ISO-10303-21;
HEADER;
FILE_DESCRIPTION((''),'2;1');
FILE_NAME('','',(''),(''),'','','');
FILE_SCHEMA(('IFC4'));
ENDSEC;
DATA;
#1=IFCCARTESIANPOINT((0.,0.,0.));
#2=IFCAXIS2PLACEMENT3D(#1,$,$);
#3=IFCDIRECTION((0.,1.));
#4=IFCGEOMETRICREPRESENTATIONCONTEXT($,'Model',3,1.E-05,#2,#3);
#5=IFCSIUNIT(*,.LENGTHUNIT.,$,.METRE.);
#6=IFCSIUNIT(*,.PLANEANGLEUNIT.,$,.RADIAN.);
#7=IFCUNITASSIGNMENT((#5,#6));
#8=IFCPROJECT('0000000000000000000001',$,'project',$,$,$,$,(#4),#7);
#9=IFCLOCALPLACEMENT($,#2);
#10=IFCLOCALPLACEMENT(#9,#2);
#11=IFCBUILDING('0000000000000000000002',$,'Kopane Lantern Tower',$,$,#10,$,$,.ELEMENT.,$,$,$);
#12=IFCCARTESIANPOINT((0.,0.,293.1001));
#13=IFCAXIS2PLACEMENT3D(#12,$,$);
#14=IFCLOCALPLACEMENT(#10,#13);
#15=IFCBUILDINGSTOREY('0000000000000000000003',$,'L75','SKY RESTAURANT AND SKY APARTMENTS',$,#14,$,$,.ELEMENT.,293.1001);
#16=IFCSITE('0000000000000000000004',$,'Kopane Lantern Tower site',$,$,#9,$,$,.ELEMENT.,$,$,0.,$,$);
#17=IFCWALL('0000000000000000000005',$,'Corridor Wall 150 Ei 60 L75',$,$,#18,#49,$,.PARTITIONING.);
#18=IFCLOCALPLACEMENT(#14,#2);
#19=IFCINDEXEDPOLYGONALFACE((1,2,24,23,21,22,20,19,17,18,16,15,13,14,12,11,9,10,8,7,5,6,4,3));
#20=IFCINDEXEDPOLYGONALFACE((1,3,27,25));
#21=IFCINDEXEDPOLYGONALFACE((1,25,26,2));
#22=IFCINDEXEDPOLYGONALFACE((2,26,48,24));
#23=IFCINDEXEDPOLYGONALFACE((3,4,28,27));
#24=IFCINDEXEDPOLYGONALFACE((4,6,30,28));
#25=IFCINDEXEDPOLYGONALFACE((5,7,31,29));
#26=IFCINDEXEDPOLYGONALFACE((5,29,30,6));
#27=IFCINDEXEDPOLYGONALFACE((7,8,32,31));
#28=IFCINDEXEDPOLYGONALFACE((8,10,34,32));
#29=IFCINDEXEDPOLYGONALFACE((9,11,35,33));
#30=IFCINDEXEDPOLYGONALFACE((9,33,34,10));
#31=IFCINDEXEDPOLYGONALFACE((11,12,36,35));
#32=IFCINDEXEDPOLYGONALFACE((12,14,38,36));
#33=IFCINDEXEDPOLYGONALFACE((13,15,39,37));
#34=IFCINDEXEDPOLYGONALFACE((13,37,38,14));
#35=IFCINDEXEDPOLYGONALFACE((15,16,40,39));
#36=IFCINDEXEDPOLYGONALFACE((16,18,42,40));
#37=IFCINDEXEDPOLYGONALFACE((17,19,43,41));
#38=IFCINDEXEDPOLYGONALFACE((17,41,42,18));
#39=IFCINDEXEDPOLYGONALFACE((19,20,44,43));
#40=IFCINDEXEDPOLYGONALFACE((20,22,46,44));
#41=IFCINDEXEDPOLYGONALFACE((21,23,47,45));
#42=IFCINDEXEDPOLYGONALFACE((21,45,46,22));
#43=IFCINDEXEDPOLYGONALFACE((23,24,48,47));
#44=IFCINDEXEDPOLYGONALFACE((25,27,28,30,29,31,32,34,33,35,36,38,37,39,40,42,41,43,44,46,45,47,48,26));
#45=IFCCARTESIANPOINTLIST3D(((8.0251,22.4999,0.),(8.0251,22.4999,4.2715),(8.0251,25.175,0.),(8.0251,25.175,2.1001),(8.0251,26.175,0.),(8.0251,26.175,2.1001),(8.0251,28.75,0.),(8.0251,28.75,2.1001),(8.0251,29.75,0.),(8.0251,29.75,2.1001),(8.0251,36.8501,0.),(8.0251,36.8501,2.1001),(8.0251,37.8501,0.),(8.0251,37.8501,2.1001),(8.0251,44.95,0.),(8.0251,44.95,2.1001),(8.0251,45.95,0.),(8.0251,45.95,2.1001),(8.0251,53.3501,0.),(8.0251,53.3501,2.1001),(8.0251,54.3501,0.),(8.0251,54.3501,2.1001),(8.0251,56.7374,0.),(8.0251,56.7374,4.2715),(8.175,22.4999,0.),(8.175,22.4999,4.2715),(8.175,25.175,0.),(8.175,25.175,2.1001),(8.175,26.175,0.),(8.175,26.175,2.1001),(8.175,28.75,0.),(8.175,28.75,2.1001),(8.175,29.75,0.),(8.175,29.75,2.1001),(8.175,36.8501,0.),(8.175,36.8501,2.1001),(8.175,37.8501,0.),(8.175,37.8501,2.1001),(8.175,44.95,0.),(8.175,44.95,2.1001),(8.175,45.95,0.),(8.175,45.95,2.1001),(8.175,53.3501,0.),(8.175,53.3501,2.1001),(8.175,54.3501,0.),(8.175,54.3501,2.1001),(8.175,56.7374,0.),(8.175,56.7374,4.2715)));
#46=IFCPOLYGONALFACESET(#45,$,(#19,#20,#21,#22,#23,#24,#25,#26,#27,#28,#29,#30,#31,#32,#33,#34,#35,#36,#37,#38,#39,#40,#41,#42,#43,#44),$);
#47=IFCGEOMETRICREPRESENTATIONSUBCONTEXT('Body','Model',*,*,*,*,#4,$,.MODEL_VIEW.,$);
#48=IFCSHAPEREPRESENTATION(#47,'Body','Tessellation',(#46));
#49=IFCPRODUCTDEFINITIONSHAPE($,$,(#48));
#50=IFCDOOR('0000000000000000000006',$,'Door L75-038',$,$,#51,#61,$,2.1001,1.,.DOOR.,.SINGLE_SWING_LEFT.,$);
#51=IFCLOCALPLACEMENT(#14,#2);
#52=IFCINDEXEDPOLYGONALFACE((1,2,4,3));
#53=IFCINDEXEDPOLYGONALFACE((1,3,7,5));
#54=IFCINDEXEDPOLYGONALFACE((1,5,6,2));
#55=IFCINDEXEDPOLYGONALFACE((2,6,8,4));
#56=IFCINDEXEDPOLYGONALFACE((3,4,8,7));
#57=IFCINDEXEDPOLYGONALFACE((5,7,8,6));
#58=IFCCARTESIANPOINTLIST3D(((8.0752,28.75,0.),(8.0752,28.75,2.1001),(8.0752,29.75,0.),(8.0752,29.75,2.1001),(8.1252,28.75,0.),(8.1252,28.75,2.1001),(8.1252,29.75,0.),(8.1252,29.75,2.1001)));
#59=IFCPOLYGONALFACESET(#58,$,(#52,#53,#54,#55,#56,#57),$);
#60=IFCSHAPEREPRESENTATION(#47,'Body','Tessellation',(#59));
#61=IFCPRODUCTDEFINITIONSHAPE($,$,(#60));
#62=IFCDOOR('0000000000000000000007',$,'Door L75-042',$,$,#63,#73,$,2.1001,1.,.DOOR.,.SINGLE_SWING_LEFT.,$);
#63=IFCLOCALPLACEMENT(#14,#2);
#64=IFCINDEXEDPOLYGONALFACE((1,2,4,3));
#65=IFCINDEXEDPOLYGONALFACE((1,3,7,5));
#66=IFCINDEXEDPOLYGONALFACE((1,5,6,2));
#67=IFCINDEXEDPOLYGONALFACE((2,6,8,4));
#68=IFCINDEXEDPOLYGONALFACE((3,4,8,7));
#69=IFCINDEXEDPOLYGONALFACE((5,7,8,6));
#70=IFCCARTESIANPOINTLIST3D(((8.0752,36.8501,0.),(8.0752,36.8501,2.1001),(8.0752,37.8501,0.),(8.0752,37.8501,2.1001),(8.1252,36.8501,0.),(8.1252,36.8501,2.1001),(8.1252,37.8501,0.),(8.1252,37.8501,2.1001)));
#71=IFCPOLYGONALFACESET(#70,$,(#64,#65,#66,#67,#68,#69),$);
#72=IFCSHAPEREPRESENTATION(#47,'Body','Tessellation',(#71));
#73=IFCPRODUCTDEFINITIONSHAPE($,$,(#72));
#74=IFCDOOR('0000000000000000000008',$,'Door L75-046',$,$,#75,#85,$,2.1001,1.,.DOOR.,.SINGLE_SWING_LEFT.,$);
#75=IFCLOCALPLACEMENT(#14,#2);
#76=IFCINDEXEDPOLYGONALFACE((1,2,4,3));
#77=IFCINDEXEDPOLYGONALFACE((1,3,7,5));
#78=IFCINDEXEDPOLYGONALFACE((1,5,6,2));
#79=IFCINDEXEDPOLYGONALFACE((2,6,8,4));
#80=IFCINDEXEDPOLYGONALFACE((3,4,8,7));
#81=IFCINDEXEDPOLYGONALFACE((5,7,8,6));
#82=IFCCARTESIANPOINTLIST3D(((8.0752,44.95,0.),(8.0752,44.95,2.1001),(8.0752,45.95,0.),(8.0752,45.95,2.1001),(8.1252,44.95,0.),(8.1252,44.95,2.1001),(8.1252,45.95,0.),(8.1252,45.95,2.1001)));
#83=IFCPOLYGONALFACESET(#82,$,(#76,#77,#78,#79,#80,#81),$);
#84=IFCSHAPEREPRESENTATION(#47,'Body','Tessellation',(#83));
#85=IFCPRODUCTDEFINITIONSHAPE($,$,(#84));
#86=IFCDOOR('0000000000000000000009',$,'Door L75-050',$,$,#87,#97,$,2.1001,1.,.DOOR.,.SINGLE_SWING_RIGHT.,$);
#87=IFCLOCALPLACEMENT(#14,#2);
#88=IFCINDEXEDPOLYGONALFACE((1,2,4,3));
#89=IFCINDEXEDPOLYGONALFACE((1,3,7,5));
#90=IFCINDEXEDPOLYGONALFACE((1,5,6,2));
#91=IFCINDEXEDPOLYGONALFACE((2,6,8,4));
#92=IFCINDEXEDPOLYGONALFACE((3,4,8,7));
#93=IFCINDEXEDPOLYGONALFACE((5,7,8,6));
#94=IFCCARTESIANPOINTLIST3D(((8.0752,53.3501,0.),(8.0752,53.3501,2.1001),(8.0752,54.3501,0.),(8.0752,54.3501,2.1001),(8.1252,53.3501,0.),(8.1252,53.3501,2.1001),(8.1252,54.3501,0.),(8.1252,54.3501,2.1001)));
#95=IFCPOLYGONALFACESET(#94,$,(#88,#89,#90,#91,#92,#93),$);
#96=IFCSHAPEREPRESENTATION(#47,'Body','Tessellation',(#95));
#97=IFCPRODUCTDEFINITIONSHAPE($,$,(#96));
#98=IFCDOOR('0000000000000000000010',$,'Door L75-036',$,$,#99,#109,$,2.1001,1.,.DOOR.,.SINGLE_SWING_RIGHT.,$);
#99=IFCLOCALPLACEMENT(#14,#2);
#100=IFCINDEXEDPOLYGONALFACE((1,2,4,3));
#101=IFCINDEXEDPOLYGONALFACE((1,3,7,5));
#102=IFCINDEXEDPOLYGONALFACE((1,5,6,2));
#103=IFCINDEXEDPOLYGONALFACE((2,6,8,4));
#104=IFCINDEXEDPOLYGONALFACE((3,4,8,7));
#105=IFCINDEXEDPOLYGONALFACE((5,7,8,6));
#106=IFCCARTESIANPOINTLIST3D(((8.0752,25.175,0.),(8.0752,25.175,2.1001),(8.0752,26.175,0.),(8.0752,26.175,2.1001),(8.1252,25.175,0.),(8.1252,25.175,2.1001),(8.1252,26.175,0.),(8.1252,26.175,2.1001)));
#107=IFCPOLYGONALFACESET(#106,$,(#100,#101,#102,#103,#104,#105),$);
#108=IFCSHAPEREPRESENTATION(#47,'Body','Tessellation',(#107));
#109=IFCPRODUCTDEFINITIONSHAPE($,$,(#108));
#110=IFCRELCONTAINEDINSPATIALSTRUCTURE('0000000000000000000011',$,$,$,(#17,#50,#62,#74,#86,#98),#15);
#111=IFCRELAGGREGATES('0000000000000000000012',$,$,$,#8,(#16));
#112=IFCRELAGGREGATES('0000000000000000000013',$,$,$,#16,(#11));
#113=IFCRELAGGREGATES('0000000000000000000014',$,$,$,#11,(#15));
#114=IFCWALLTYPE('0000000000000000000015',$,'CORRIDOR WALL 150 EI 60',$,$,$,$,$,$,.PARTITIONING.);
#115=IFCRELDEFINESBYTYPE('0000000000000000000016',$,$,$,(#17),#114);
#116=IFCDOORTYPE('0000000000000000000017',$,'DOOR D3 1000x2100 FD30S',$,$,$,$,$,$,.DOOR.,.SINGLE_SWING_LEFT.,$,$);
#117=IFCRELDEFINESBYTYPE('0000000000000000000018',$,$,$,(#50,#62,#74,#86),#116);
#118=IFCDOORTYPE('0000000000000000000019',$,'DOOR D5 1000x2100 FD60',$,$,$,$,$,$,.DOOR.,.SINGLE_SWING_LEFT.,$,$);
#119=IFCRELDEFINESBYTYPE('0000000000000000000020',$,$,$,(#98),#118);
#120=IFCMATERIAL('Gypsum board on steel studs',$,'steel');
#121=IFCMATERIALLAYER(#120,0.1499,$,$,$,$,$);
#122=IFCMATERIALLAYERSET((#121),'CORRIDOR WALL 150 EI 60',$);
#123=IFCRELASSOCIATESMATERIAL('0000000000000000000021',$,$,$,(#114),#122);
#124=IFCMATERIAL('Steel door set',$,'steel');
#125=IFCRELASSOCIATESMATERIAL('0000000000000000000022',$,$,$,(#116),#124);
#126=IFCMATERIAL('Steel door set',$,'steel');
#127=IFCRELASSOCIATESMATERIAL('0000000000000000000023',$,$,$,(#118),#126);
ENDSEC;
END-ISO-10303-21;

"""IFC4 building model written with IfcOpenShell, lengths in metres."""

from ifc_helpers import new_model, si_unit, direction, frame, frame_2d, origin, place, context, subcontext, project, spatial, rectangle, extrude, material, layer, layer_set, type_object, element, fill, save


model = new_model("IFC4")

# Units and contexts
model_context = context("Model", 3, precision=1e-05, world=origin(), true_north=direction((0.0, 1.0)))
body_context = subcontext(model_context, "Body", "Model", "MODEL_VIEW")
ifc_project = project(units=[si_unit("LENGTHUNIT", "METRE"), si_unit("PLANEANGLEUNIT", "RADIAN")], contexts=[model_context])

# Site, building, storey
site_placement = place(None, origin())
site = spatial("IfcSite", under=ifc_project, at=site_placement, Name="Kopane Lantern Tower site", CompositionType="ELEMENT", RefElevation=0.0)
building_placement = place(site_placement, origin())
building = spatial("IfcBuilding", under=site, at=building_placement, Name="Kopane Lantern Tower", CompositionType="ELEMENT")
storey_placement = place(building_placement, frame((0.0, 0.0, 293.1001)))
storey = spatial("IfcBuildingStorey", under=building, at=storey_placement, Name="L75", Description="SKY RESTAURANT AND SKY APARTMENTS", CompositionType="ELEMENT", Elevation=293.1001)

# Wall, openings, doors
ifc_material_1 = material(Name="Gypsum board on steel studs", Category="steel")
ifc_layer_1 = layer(ifc_material_1, 0.1499)
ifc_layer_set_1 = layer_set([ifc_layer_1], Name="CORRIDOR WALL 150 EI 60")
wall_type = type_object("IfcWallType", Name="CORRIDOR WALL 150 EI 60", PredefinedType="PARTITIONING", material=ifc_layer_set_1)
ifc_material_2 = material(Name="Steel door set", Category="steel")
door_type_1 = type_object("IfcDoorType", Name="DOOR D3 1000x2100 FD30S", OperationType="SINGLE_SWING_LEFT", PredefinedType="DOOR", material=ifc_material_2)
wall_1_placement = place(storey_placement, frame((8.1001, 22.5, 0.0), z_axis=(0.0, 0.0, 1.0), x_axis=(0.0, 1.0, 0.0)))
wall_1 = element("IfcWall", 1, at=wall_1_placement, inside=storey, type_object=wall_type, Name="Corridor Wall 150 Ei 60 L75", PredefinedType="PARTITIONING", context=body_context, shape_type="SweptSolid", body=[
    extrude(rectangle(XDim=34.2375, YDim=0.1499, at=frame_2d((17.1187, 0.0))), origin(), (0.0, 0.0, 1.0), 4.2715),
])
opening_1_placement = place(wall_1_placement, frame((2.675, 0.0, 0.0)))
opening_1 = element("IfcOpeningElement", 2, at=opening_1_placement, cuts=wall_1, PredefinedType="OPENING", context=body_context, shape_type="SweptSolid", body=[
    extrude(rectangle(XDim=1.0, YDim=2.1001, at=frame_2d((0.5, 1.05))), frame((0.0, 0.085, 0.0), z_axis=(0.0, -1.0, 0.0), x_axis=(1.0, 0.0, 0.0)), (0.0, 0.0, 1.0), 0.1699),
])
opening_2_placement = place(wall_1_placement, frame((6.25, 0.0, 0.0)))
opening_2 = element("IfcOpeningElement", 3, at=opening_2_placement, cuts=wall_1, PredefinedType="OPENING", context=body_context, shape_type="SweptSolid", body=[
    extrude(rectangle(XDim=1.0, YDim=2.1001, at=frame_2d((0.5, 1.05))), frame((0.0, 0.085, 0.0), z_axis=(0.0, -1.0, 0.0), x_axis=(1.0, 0.0, 0.0)), (0.0, 0.0, 1.0), 0.1699),
])
opening_3_placement = place(wall_1_placement, frame((14.3501, 0.0, 0.0)))
opening_3 = element("IfcOpeningElement", 4, at=opening_3_placement, cuts=wall_1, PredefinedType="OPENING", context=body_context, shape_type="SweptSolid", body=[
    extrude(rectangle(XDim=1.0, YDim=2.1001, at=frame_2d((0.5, 1.05))), frame((0.0, 0.085, 0.0), z_axis=(0.0, -1.0, 0.0), x_axis=(1.0, 0.0, 0.0)), (0.0, 0.0, 1.0), 0.1699),
])
opening_4_placement = place(wall_1_placement, frame((22.45, 0.0, 0.0)))
opening_4 = element("IfcOpeningElement", 5, at=opening_4_placement, cuts=wall_1, PredefinedType="OPENING", context=body_context, shape_type="SweptSolid", body=[
    extrude(rectangle(XDim=1.0, YDim=2.1001, at=frame_2d((0.5, 1.05))), frame((0.0, 0.085, 0.0), z_axis=(0.0, -1.0, 0.0), x_axis=(1.0, 0.0, 0.0)), (0.0, 0.0, 1.0), 0.1699),
])
opening_5_placement = place(wall_1_placement, frame((30.8501, 0.0, 0.0)))
opening_5 = element("IfcOpeningElement", 6, at=opening_5_placement, cuts=wall_1, PredefinedType="OPENING", context=body_context, shape_type="SweptSolid", body=[
    extrude(rectangle(XDim=1.0, YDim=2.1001, at=frame_2d((0.5, 1.05))), frame((0.0, 0.085, 0.0), z_axis=(0.0, -1.0, 0.0), x_axis=(1.0, 0.0, 0.0)), (0.0, 0.0, 1.0), 0.1699),
])
door_1_placement = place(opening_2_placement, origin())
door_1 = element("IfcDoor", 7, at=door_1_placement, inside=storey, type_object=door_type_1, Name="Door L75-038", OperationType="SINGLE_SWING_LEFT", OverallHeight=2.1001, OverallWidth=1.0, PredefinedType="DOOR", context=body_context, shape_type="SweptSolid", body=[
    extrude(rectangle(XDim=1.0, YDim=2.1001, at=frame_2d((0.5, 1.05))), frame((0.0, 0.0249, 0.0), z_axis=(0.0, -1.0, 0.0), x_axis=(1.0, 0.0, 0.0)), (0.0, 0.0, 1.0), 0.05),
])
fill(opening_2, door_1)
door_2_placement = place(opening_3_placement, origin())
door_2 = element("IfcDoor", 8, at=door_2_placement, inside=storey, type_object=door_type_1, Name="Door L75-042", OperationType="SINGLE_SWING_LEFT", OverallHeight=2.1001, OverallWidth=1.0, PredefinedType="DOOR", context=body_context, shape_type="SweptSolid", body=[
    extrude(rectangle(XDim=1.0, YDim=2.1001, at=frame_2d((0.5, 1.05))), frame((0.0, 0.0249, 0.0), z_axis=(0.0, -1.0, 0.0), x_axis=(1.0, 0.0, 0.0)), (0.0, 0.0, 1.0), 0.05),
])
fill(opening_3, door_2)
door_3_placement = place(opening_4_placement, origin())
door_3 = element("IfcDoor", 9, at=door_3_placement, inside=storey, type_object=door_type_1, Name="Door L75-046", OperationType="SINGLE_SWING_LEFT", OverallHeight=2.1001, OverallWidth=1.0, PredefinedType="DOOR", context=body_context, shape_type="SweptSolid", body=[
    extrude(rectangle(XDim=1.0, YDim=2.1001, at=frame_2d((0.5, 1.05))), frame((0.0, 0.0249, 0.0), z_axis=(0.0, -1.0, 0.0), x_axis=(1.0, 0.0, 0.0)), (0.0, 0.0, 1.0), 0.05),
])
fill(opening_4, door_3)
door_4_placement = place(opening_5_placement, origin())
door_4 = element("IfcDoor", 10, at=door_4_placement, inside=storey, type_object=door_type_1, Name="Door L75-050", OperationType="SINGLE_SWING_RIGHT", OverallHeight=2.1001, OverallWidth=1.0, PredefinedType="DOOR", context=body_context, shape_type="SweptSolid", body=[
    extrude(rectangle(XDim=1.0, YDim=2.1001, at=frame_2d((0.5, 1.05))), frame((0.0, 0.0249, 0.0), z_axis=(0.0, -1.0, 0.0), x_axis=(1.0, 0.0, 0.0)), (0.0, 0.0, 1.0), 0.05),
])
fill(opening_5, door_4)
ifc_material_3 = material(Name="Steel door set", Category="steel")
door_type_2 = type_object("IfcDoorType", Name="DOOR D5 1000x2100 FD60", OperationType="SINGLE_SWING_LEFT", PredefinedType="DOOR", material=ifc_material_3)
door_5_placement = place(opening_1_placement, origin())
door_5 = element("IfcDoor", 11, at=door_5_placement, inside=storey, type_object=door_type_2, Name="Door L75-036", OperationType="SINGLE_SWING_RIGHT", OverallHeight=2.1001, OverallWidth=1.0, PredefinedType="DOOR", context=body_context, shape_type="SweptSolid", body=[
    extrude(rectangle(XDim=1.0, YDim=2.1001, at=frame_2d((0.5, 1.05))), frame((0.0, 0.0249, 0.0), z_axis=(0.0, -1.0, 0.0), x_axis=(1.0, 0.0, 0.0)), (0.0, 0.0, 1.0), 0.05),
])
fill(opening_1, door_5)

save(model, "model.ifc")
